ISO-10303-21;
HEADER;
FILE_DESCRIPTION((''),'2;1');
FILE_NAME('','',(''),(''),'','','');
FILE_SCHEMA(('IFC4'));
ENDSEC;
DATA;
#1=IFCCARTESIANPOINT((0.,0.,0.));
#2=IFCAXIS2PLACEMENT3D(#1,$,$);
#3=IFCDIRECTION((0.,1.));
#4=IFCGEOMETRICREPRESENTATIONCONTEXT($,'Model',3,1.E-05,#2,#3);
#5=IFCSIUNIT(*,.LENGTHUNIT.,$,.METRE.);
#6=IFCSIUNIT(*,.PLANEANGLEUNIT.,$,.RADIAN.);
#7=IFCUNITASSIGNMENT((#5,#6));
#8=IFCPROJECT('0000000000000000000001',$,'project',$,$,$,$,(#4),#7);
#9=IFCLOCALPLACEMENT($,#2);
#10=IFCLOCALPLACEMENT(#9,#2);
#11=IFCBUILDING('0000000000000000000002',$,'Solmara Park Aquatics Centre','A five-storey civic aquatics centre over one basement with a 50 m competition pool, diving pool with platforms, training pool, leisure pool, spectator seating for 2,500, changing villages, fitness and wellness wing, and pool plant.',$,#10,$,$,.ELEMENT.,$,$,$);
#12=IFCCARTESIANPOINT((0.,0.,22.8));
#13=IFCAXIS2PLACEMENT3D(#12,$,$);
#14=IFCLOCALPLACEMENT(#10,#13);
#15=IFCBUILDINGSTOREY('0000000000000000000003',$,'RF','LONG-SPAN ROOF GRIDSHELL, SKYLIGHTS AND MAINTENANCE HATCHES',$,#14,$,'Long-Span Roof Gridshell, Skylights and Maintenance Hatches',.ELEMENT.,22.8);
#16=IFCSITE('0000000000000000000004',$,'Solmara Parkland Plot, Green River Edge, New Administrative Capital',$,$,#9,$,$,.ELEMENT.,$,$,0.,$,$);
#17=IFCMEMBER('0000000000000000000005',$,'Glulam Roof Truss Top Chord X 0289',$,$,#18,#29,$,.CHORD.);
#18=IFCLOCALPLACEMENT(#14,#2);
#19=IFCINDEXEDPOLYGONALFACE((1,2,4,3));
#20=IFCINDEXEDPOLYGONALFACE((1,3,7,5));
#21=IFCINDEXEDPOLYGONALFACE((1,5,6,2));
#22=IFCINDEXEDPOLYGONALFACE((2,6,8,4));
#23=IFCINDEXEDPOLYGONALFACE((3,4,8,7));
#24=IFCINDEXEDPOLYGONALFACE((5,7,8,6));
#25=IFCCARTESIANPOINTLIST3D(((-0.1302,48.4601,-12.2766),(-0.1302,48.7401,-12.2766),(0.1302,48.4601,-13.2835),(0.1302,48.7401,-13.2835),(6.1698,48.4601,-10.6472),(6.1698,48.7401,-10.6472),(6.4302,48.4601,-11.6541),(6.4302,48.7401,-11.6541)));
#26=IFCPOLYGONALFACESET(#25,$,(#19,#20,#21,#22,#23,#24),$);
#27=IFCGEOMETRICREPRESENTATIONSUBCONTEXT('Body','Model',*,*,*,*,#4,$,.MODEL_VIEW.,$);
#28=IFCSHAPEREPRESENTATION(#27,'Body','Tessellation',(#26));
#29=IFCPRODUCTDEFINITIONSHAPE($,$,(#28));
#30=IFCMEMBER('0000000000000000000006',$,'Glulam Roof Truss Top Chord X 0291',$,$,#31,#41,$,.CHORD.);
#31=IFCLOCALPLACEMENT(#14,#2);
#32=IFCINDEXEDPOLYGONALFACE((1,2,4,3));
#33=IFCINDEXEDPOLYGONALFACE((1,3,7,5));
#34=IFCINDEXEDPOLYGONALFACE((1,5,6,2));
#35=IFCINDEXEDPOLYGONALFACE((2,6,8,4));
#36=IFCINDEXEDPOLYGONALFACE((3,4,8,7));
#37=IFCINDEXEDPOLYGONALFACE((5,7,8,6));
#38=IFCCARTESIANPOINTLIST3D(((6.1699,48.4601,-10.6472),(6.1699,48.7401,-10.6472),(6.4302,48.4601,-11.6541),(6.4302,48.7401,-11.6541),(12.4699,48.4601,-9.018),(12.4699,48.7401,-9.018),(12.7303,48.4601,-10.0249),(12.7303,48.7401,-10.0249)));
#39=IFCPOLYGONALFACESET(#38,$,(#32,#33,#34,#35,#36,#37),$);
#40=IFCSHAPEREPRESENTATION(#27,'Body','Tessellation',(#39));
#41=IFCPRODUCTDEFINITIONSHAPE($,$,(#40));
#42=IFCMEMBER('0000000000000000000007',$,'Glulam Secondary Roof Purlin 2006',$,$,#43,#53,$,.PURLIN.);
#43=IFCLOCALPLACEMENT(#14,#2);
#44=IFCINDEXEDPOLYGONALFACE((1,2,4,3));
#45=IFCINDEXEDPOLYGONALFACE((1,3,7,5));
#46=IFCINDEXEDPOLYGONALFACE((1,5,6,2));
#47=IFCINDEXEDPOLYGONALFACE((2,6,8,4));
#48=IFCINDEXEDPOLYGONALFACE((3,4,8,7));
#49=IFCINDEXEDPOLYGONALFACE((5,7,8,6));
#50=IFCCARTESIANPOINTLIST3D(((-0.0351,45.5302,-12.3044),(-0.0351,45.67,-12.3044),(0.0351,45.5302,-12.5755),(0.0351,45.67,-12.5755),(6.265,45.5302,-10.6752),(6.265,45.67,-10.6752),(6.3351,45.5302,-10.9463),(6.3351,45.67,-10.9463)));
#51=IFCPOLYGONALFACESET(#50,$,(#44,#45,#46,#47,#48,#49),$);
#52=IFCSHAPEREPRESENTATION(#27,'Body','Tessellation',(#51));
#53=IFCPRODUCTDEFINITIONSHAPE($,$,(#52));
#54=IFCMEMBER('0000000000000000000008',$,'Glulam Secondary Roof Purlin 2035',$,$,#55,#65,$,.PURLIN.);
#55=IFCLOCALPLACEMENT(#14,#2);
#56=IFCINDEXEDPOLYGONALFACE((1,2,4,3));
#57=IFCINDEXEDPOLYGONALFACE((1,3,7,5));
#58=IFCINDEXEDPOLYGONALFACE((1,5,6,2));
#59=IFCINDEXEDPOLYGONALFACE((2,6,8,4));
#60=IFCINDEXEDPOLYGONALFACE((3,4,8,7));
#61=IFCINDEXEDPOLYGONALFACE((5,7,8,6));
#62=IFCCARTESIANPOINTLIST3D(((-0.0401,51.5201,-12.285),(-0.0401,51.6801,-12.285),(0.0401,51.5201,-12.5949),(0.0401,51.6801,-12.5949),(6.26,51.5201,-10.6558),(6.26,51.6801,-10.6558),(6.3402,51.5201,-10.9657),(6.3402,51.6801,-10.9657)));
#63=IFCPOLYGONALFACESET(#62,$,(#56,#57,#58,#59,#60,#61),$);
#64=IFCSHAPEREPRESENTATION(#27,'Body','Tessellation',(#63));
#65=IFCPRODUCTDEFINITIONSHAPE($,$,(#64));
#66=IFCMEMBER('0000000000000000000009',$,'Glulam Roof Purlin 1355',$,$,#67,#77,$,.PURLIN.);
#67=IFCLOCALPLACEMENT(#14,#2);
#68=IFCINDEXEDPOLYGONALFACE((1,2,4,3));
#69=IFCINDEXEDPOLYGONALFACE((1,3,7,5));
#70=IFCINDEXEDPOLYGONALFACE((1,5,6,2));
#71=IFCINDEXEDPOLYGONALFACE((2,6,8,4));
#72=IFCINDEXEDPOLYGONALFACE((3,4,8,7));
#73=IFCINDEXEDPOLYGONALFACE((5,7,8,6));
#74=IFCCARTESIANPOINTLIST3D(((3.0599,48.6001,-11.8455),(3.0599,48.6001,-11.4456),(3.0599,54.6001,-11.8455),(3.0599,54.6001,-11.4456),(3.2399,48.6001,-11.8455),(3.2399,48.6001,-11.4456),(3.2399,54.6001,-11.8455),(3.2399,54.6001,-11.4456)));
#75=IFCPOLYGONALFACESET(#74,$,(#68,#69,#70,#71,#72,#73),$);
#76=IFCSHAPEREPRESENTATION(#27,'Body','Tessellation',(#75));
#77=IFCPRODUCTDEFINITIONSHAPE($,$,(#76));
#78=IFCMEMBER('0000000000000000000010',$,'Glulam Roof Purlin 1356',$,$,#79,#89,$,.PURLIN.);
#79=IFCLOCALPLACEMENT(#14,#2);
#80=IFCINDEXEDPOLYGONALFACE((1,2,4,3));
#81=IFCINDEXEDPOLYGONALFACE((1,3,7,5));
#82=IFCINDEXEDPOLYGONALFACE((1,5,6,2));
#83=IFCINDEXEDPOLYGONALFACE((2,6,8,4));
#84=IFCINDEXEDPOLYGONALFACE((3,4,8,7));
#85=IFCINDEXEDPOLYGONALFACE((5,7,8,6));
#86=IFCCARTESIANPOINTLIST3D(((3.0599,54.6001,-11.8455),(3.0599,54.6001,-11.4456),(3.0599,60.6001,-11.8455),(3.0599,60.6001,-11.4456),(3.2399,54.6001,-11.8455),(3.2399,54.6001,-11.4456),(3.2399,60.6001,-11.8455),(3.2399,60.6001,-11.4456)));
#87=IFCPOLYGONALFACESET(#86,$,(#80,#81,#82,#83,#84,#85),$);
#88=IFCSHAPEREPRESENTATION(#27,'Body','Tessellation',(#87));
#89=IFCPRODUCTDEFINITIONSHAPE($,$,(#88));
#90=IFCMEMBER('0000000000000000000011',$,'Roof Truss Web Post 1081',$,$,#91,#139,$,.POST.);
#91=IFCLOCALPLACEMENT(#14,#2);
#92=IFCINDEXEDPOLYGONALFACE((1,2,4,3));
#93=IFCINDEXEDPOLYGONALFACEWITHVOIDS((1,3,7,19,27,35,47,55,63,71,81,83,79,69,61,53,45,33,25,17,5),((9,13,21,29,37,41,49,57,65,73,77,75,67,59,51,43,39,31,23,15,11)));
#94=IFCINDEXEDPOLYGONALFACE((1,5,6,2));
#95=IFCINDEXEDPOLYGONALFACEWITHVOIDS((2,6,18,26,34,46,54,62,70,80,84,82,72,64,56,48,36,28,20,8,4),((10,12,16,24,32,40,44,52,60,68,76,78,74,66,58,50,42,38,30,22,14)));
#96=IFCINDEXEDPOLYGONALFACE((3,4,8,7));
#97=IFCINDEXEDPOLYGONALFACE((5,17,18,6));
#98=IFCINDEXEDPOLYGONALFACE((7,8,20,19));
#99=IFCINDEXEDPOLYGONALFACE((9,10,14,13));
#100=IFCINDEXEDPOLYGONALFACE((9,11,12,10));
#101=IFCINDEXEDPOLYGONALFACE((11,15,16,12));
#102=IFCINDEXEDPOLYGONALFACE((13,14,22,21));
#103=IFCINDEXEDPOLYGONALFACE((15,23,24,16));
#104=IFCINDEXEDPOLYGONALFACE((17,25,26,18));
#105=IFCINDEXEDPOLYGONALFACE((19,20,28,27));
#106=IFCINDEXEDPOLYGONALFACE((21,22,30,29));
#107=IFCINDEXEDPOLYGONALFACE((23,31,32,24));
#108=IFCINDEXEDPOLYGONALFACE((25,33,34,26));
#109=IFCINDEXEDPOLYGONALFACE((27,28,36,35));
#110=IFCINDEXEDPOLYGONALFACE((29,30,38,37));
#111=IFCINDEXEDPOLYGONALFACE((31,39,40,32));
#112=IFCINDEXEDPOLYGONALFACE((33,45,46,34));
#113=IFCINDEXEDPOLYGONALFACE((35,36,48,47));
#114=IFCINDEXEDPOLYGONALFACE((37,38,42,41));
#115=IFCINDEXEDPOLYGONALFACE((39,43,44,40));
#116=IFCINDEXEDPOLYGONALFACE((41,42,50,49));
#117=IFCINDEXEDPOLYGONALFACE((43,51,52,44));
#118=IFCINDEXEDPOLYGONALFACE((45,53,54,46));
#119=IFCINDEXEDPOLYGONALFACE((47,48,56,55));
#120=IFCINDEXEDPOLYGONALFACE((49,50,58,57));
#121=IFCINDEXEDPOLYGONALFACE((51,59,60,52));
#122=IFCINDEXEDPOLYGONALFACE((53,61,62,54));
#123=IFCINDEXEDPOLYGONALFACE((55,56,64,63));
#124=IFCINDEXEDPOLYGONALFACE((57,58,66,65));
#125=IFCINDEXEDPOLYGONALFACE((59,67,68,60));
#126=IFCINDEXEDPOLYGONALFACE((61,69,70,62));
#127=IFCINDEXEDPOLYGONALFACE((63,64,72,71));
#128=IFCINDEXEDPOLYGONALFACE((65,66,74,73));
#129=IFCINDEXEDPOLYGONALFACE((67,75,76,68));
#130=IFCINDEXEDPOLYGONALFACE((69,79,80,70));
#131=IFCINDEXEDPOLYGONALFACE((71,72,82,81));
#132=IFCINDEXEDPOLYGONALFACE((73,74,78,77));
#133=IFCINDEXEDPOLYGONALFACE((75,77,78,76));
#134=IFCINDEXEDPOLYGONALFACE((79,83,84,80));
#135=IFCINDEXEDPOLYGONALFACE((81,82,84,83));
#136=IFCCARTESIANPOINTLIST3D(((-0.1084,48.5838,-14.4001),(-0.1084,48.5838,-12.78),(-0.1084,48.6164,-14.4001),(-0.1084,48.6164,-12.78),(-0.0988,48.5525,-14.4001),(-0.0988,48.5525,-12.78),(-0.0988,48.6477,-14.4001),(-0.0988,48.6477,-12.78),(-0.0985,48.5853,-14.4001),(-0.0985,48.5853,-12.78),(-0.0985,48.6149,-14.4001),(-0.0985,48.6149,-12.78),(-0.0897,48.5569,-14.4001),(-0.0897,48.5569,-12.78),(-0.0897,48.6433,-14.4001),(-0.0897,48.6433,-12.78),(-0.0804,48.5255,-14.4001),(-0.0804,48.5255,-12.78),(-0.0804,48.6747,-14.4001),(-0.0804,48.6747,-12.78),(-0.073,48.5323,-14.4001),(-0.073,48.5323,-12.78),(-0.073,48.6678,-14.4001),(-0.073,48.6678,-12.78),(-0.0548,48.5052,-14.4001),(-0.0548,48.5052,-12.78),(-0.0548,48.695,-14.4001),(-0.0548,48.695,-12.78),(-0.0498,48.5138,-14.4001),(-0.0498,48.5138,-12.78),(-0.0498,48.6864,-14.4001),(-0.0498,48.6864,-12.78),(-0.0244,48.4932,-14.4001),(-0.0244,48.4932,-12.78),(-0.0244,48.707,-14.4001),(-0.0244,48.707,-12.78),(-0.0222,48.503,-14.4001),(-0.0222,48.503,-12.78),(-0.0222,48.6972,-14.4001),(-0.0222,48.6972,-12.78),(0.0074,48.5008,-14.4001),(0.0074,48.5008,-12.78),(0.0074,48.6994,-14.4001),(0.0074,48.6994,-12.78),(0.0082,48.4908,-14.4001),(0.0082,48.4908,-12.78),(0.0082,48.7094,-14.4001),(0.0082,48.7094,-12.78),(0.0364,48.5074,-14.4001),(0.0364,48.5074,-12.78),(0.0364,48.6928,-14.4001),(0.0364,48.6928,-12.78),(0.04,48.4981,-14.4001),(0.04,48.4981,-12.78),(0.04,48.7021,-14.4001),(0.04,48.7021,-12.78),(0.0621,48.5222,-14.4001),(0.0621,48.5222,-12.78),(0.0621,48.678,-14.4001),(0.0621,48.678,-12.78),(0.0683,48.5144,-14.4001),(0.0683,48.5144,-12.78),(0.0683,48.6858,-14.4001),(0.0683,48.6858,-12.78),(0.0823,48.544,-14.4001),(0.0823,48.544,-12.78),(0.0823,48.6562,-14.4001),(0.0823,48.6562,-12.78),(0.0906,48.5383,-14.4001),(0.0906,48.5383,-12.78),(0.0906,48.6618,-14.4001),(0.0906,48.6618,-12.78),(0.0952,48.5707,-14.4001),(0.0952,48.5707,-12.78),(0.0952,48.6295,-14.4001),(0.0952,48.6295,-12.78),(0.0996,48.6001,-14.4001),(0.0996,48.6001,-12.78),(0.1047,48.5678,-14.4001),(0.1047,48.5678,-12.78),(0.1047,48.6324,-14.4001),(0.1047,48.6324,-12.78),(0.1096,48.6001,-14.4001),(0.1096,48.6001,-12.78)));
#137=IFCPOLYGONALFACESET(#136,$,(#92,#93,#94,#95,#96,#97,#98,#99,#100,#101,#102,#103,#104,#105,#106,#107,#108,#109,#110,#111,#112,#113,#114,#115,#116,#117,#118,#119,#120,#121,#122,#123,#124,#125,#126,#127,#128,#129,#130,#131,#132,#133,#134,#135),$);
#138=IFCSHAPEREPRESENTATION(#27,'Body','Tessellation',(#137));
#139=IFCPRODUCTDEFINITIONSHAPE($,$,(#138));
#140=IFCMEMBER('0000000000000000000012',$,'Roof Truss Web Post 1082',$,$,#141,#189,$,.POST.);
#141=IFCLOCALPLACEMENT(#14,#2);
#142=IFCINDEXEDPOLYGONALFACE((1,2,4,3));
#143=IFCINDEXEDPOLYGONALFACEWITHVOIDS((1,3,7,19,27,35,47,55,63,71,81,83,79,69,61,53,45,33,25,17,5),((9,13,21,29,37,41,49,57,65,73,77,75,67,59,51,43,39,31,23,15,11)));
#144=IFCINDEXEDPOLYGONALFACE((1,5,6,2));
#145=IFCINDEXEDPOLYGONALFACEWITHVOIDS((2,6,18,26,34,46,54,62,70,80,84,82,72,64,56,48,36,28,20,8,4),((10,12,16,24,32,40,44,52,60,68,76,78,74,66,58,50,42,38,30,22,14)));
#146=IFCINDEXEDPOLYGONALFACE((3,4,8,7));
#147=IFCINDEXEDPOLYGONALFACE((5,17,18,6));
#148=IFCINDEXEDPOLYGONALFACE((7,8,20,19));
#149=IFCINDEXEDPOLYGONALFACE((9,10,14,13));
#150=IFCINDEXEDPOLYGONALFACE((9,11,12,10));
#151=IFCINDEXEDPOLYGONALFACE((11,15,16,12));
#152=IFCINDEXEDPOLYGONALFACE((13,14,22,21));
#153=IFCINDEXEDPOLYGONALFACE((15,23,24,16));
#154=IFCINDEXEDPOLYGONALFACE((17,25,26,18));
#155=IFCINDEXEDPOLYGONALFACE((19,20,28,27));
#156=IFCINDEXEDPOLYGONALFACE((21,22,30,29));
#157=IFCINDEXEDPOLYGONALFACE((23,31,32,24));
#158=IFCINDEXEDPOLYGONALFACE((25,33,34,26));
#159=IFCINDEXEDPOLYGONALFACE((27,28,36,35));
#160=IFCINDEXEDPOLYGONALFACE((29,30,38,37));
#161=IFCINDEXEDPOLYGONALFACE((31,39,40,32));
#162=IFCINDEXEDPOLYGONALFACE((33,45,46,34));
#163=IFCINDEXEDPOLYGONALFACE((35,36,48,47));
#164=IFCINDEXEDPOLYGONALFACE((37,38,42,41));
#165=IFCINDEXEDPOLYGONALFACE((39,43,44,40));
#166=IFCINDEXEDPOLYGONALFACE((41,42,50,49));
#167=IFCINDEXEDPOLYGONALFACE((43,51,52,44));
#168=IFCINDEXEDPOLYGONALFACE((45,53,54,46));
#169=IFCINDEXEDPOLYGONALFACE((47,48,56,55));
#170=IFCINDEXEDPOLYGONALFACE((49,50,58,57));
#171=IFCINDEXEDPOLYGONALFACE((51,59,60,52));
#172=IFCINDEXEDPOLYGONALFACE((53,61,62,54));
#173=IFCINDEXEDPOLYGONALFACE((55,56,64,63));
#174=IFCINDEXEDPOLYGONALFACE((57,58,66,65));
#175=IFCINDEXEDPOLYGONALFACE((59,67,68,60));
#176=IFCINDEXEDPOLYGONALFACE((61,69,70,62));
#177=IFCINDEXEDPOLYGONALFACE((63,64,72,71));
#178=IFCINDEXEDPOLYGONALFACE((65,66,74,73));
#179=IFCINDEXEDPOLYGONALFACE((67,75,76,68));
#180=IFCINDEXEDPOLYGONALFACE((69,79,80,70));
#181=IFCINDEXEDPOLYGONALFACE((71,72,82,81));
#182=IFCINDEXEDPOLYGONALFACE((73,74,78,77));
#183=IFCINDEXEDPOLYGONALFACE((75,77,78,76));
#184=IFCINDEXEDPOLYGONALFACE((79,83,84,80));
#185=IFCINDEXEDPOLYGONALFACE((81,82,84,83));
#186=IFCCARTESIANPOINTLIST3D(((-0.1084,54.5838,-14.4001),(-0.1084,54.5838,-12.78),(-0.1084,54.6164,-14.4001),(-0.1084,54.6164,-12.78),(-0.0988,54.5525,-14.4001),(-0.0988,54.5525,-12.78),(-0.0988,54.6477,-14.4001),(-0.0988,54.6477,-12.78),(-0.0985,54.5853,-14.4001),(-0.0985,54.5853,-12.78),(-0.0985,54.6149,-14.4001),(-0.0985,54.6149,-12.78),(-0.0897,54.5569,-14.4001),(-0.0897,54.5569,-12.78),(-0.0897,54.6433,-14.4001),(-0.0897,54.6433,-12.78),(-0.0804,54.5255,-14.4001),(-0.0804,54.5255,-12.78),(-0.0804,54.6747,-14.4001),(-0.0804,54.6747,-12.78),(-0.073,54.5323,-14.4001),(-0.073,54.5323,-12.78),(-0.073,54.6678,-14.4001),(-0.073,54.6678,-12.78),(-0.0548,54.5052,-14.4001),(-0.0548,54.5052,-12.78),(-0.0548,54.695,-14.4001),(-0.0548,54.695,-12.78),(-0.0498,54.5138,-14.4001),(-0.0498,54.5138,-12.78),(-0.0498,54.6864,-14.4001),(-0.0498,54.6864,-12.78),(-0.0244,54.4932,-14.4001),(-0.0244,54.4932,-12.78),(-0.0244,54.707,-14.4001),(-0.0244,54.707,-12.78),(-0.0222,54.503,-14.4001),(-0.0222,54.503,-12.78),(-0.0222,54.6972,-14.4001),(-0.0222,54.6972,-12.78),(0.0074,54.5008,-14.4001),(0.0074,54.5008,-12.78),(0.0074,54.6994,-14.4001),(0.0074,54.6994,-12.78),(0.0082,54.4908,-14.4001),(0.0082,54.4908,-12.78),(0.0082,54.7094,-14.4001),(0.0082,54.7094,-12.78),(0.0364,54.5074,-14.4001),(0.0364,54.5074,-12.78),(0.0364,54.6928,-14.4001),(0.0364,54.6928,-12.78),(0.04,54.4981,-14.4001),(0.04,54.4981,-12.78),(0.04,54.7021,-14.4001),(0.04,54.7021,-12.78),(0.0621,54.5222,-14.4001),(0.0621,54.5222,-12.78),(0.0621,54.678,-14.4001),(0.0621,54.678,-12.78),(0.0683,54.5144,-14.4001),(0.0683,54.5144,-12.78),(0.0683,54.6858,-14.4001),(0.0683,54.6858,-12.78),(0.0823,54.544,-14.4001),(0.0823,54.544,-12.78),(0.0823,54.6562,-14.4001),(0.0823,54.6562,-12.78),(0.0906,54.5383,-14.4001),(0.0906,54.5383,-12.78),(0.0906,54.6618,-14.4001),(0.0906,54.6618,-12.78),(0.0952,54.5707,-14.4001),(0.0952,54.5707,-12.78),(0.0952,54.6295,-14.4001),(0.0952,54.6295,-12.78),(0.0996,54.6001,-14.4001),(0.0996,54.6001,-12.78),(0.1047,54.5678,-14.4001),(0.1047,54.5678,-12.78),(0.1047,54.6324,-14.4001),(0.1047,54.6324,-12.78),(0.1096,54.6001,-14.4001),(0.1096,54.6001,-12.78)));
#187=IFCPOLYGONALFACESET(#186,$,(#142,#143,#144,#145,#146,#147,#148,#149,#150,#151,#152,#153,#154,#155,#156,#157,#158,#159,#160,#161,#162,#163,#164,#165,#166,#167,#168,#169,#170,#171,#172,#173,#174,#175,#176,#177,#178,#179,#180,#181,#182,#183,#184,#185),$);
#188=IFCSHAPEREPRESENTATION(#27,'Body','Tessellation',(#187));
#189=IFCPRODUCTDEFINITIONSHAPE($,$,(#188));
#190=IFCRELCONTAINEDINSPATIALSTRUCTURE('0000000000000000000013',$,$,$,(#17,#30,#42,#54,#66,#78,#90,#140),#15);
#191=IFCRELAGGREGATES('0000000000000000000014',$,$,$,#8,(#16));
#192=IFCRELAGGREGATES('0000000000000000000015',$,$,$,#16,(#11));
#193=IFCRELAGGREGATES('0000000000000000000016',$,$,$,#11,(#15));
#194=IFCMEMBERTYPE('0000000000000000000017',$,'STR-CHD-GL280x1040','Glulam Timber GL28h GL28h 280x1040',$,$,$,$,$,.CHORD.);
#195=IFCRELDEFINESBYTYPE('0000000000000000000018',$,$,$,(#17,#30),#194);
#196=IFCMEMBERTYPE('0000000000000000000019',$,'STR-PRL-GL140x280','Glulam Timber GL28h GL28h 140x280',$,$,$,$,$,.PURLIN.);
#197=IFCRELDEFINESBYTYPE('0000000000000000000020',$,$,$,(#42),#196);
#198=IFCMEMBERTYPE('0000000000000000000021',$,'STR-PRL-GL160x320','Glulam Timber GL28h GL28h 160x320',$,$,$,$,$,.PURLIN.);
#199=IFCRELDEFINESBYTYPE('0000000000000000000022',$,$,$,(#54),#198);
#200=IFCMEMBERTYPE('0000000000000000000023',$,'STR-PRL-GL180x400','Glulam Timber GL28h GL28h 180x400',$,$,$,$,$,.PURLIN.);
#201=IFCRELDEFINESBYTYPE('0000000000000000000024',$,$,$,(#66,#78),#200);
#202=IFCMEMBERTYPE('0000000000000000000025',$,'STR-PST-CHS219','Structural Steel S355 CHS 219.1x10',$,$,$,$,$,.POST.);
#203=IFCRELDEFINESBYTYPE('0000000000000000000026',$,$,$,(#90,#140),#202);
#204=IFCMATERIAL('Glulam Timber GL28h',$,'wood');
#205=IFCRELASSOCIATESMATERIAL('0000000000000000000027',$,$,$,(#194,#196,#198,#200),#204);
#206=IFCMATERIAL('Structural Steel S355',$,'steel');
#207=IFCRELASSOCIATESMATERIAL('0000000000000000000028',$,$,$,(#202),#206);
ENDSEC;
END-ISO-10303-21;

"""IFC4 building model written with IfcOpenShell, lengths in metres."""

from ifc_helpers import new_model, si_unit, direction, frame, origin, origin_2d, place, context, subcontext, project, spatial, rectangle, hollow_circle, extrude, material, material_profile, profile_set, type_object, element, save


model = new_model("IFC4")

# Units and contexts
model_context = context("Model", 3, precision=1e-05, world=origin(), true_north=direction((0.0, 1.0)))
body_context = subcontext(model_context, "Body", "Model", "MODEL_VIEW")
ifc_project = project(units=[si_unit("LENGTHUNIT", "METRE"), si_unit("PLANEANGLEUNIT", "RADIAN")], contexts=[model_context])

# Site, building, storey
site_placement = place(None, origin())
site = spatial("IfcSite", under=ifc_project, at=site_placement, Name="Solmara Parkland Plot, Green River Edge, New Administrative Capital", CompositionType="ELEMENT", RefElevation=0.0)
building_placement = place(site_placement, origin())
building = spatial("IfcBuilding", under=site, at=building_placement, Name="Solmara Park Aquatics Centre", Description="A five-storey civic aquatics centre over one basement with a 50 m competition pool, diving pool with platforms, training pool, leisure pool, spectator seating for 2,500, changing villages, fitness and wellness wing, and pool plant.", CompositionType="ELEMENT")
storey_placement = place(building_placement, frame((0.0, 0.0, 22.8)))
storey = spatial("IfcBuildingStorey", under=building, at=storey_placement, Name="RF", Description="LONG-SPAN ROOF GRIDSHELL, SKYLIGHTS AND MAINTENANCE HATCHES", LongName="Long-Span Roof Gridshell, Skylights and Maintenance Hatches", CompositionType="ELEMENT", Elevation=22.8)

# Members
ifc_material_1 = material(Name="Structural Steel S355", Category="steel")
ifc_material_2 = material(Name="Glulam Timber GL28h", Category="wood")
ifc_material_profile_1 = material_profile(ifc_material_2, rectangle(XDim=0.28, YDim=1.04, at=origin_2d()), Name="GL28h 280x1040")
ifc_profile_set_1 = profile_set([ifc_material_profile_1], Name="Glulam Timber GL28h")
member_type_1 = type_object("IfcMemberType", Name="STR-CHD-GL280x1040", Description="Glulam Timber GL28h GL28h 280x1040", PredefinedType="CHORD", material=ifc_profile_set_1)
for number, where, z_axis, x_axis, name in (
    (1, (0.0, 48.6001, -12.78), (0.968144, 0.0, 0.250393), (0.0, 1.0, 0.0), "Glulam Roof Truss Top Chord X 0289"),
    (2, (6.3, 48.6001, -11.1506), (0.968153, 0.0, 0.250358), (0.0, 1.0, 0.0), "Glulam Roof Truss Top Chord X 0291"),
):
    element("IfcMember", number, at=place(storey_placement, frame(where, z_axis=z_axis, x_axis=x_axis)), inside=storey, type_object=member_type_1, Name=name, PredefinedType="CHORD", context=body_context, shape_type="SweptSolid", body=[
        extrude(rectangle(XDim=0.28, YDim=1.04, at=origin_2d()), origin(), (0.0, 0.0, 1.0), 6.5073),
    ])
ifc_material_profile_2 = material_profile(ifc_material_2, rectangle(XDim=0.1399, YDim=0.28, at=origin_2d()), Name="GL28h 140x280")
ifc_profile_set_2 = profile_set([ifc_material_profile_2], Name="Glulam Timber GL28h")
member_type_2 = type_object("IfcMemberType", Name="STR-PRL-GL140x280", Description="Glulam Timber GL28h GL28h 140x280", PredefinedType="PURLIN", material=ifc_profile_set_2)
member_1_placement = place(storey_placement, frame((0.0, 45.6001, -12.4399), z_axis=(0.968153, 0.0, 0.250358), x_axis=(0.0, 1.0, 0.0)))
element("IfcMember", 3, at=member_1_placement, inside=storey, type_object=member_type_2, Name="Glulam Secondary Roof Purlin 2006", PredefinedType="PURLIN", context=body_context, shape_type="SweptSolid", body=[
    extrude(rectangle(XDim=0.1399, YDim=0.28, at=origin_2d()), origin(), (0.0, 0.0, 1.0), 6.5073),
])
ifc_material_profile_3 = material_profile(ifc_material_2, rectangle(XDim=0.1599, YDim=0.3201, at=origin_2d()), Name="GL28h 160x320")
ifc_profile_set_3 = profile_set([ifc_material_profile_3], Name="Glulam Timber GL28h")
member_type_3 = type_object("IfcMemberType", Name="STR-PRL-GL160x320", Description="Glulam Timber GL28h GL28h 160x320", PredefinedType="PURLIN", material=ifc_profile_set_3)
member_2_placement = place(storey_placement, frame((0.0, 51.6001, -12.4399), z_axis=(0.968153, 0.0, 0.250358), x_axis=(0.0, 1.0, 0.0)))
element("IfcMember", 4, at=member_2_placement, inside=storey, type_object=member_type_3, Name="Glulam Secondary Roof Purlin 2035", PredefinedType="PURLIN", context=body_context, shape_type="SweptSolid", body=[
    extrude(rectangle(XDim=0.1599, YDim=0.3201, at=origin_2d()), origin(), (0.0, 0.0, 1.0), 6.5073),
])
ifc_material_profile_4 = material_profile(ifc_material_2, rectangle(XDim=0.1799, YDim=0.3999, at=origin_2d()), Name="GL28h 180x400")
ifc_profile_set_4 = profile_set([ifc_material_profile_4], Name="Glulam Timber GL28h")
member_type_4 = type_object("IfcMemberType", Name="STR-PRL-GL180x400", Description="Glulam Timber GL28h GL28h 180x400", PredefinedType="PURLIN", material=ifc_profile_set_4)
for number, where, z_axis, x_axis, name in (
    (5, (3.1499, 48.6001, -11.6455), (0.0, 1.0, 0.0), (-1.0, 0.0, 0.0), "Glulam Roof Purlin 1355"),
    (6, (3.1499, 54.6001, -11.6455), (0.0, 1.0, 0.0), (-1.0, 0.0, 0.0), "Glulam Roof Purlin 1356"),
):
    element("IfcMember", number, at=place(storey_placement, frame(where, z_axis=z_axis, x_axis=x_axis)), inside=storey, type_object=member_type_4, Name=name, PredefinedType="PURLIN", context=body_context, shape_type="SweptSolid", body=[
        extrude(rectangle(XDim=0.1799, YDim=0.3999, at=origin_2d()), origin(), (0.0, 0.0, 1.0), 6.0),
    ])
ifc_material_profile_5 = material_profile(ifc_material_1, hollow_circle(Radius=0.1096, WallThickness=0.01, at=origin_2d()), Name="CHS 219.1x10")
ifc_profile_set_5 = profile_set([ifc_material_profile_5], Name="Structural Steel S355")
member_type_5 = type_object("IfcMemberType", Name="STR-PST-CHS219", Description="Structural Steel S355 CHS 219.1x10", PredefinedType="POST", material=ifc_profile_set_5)
for number, where, z_axis, x_axis, name in (
    (7, (0.0, 48.6001, -14.4001), (0.0, 0.0, 1.0), (1.0, 0.0, 0.0), "Roof Truss Web Post 1081"),
    (8, (0.0, 54.6001, -14.4001), (0.0, 0.0, 1.0), (1.0, 0.0, 0.0), "Roof Truss Web Post 1082"),
):
    element("IfcMember", number, at=place(storey_placement, frame(where, z_axis=z_axis, x_axis=x_axis)), inside=storey, type_object=member_type_5, Name=name, PredefinedType="POST", context=body_context, shape_type="SweptSolid", body=[
        extrude(hollow_circle(Radius=0.1096, WallThickness=0.01, at=origin_2d()), origin(), (0.0, 0.0, 1.0), 1.6201),
    ])

save(model, "model.ifc")
